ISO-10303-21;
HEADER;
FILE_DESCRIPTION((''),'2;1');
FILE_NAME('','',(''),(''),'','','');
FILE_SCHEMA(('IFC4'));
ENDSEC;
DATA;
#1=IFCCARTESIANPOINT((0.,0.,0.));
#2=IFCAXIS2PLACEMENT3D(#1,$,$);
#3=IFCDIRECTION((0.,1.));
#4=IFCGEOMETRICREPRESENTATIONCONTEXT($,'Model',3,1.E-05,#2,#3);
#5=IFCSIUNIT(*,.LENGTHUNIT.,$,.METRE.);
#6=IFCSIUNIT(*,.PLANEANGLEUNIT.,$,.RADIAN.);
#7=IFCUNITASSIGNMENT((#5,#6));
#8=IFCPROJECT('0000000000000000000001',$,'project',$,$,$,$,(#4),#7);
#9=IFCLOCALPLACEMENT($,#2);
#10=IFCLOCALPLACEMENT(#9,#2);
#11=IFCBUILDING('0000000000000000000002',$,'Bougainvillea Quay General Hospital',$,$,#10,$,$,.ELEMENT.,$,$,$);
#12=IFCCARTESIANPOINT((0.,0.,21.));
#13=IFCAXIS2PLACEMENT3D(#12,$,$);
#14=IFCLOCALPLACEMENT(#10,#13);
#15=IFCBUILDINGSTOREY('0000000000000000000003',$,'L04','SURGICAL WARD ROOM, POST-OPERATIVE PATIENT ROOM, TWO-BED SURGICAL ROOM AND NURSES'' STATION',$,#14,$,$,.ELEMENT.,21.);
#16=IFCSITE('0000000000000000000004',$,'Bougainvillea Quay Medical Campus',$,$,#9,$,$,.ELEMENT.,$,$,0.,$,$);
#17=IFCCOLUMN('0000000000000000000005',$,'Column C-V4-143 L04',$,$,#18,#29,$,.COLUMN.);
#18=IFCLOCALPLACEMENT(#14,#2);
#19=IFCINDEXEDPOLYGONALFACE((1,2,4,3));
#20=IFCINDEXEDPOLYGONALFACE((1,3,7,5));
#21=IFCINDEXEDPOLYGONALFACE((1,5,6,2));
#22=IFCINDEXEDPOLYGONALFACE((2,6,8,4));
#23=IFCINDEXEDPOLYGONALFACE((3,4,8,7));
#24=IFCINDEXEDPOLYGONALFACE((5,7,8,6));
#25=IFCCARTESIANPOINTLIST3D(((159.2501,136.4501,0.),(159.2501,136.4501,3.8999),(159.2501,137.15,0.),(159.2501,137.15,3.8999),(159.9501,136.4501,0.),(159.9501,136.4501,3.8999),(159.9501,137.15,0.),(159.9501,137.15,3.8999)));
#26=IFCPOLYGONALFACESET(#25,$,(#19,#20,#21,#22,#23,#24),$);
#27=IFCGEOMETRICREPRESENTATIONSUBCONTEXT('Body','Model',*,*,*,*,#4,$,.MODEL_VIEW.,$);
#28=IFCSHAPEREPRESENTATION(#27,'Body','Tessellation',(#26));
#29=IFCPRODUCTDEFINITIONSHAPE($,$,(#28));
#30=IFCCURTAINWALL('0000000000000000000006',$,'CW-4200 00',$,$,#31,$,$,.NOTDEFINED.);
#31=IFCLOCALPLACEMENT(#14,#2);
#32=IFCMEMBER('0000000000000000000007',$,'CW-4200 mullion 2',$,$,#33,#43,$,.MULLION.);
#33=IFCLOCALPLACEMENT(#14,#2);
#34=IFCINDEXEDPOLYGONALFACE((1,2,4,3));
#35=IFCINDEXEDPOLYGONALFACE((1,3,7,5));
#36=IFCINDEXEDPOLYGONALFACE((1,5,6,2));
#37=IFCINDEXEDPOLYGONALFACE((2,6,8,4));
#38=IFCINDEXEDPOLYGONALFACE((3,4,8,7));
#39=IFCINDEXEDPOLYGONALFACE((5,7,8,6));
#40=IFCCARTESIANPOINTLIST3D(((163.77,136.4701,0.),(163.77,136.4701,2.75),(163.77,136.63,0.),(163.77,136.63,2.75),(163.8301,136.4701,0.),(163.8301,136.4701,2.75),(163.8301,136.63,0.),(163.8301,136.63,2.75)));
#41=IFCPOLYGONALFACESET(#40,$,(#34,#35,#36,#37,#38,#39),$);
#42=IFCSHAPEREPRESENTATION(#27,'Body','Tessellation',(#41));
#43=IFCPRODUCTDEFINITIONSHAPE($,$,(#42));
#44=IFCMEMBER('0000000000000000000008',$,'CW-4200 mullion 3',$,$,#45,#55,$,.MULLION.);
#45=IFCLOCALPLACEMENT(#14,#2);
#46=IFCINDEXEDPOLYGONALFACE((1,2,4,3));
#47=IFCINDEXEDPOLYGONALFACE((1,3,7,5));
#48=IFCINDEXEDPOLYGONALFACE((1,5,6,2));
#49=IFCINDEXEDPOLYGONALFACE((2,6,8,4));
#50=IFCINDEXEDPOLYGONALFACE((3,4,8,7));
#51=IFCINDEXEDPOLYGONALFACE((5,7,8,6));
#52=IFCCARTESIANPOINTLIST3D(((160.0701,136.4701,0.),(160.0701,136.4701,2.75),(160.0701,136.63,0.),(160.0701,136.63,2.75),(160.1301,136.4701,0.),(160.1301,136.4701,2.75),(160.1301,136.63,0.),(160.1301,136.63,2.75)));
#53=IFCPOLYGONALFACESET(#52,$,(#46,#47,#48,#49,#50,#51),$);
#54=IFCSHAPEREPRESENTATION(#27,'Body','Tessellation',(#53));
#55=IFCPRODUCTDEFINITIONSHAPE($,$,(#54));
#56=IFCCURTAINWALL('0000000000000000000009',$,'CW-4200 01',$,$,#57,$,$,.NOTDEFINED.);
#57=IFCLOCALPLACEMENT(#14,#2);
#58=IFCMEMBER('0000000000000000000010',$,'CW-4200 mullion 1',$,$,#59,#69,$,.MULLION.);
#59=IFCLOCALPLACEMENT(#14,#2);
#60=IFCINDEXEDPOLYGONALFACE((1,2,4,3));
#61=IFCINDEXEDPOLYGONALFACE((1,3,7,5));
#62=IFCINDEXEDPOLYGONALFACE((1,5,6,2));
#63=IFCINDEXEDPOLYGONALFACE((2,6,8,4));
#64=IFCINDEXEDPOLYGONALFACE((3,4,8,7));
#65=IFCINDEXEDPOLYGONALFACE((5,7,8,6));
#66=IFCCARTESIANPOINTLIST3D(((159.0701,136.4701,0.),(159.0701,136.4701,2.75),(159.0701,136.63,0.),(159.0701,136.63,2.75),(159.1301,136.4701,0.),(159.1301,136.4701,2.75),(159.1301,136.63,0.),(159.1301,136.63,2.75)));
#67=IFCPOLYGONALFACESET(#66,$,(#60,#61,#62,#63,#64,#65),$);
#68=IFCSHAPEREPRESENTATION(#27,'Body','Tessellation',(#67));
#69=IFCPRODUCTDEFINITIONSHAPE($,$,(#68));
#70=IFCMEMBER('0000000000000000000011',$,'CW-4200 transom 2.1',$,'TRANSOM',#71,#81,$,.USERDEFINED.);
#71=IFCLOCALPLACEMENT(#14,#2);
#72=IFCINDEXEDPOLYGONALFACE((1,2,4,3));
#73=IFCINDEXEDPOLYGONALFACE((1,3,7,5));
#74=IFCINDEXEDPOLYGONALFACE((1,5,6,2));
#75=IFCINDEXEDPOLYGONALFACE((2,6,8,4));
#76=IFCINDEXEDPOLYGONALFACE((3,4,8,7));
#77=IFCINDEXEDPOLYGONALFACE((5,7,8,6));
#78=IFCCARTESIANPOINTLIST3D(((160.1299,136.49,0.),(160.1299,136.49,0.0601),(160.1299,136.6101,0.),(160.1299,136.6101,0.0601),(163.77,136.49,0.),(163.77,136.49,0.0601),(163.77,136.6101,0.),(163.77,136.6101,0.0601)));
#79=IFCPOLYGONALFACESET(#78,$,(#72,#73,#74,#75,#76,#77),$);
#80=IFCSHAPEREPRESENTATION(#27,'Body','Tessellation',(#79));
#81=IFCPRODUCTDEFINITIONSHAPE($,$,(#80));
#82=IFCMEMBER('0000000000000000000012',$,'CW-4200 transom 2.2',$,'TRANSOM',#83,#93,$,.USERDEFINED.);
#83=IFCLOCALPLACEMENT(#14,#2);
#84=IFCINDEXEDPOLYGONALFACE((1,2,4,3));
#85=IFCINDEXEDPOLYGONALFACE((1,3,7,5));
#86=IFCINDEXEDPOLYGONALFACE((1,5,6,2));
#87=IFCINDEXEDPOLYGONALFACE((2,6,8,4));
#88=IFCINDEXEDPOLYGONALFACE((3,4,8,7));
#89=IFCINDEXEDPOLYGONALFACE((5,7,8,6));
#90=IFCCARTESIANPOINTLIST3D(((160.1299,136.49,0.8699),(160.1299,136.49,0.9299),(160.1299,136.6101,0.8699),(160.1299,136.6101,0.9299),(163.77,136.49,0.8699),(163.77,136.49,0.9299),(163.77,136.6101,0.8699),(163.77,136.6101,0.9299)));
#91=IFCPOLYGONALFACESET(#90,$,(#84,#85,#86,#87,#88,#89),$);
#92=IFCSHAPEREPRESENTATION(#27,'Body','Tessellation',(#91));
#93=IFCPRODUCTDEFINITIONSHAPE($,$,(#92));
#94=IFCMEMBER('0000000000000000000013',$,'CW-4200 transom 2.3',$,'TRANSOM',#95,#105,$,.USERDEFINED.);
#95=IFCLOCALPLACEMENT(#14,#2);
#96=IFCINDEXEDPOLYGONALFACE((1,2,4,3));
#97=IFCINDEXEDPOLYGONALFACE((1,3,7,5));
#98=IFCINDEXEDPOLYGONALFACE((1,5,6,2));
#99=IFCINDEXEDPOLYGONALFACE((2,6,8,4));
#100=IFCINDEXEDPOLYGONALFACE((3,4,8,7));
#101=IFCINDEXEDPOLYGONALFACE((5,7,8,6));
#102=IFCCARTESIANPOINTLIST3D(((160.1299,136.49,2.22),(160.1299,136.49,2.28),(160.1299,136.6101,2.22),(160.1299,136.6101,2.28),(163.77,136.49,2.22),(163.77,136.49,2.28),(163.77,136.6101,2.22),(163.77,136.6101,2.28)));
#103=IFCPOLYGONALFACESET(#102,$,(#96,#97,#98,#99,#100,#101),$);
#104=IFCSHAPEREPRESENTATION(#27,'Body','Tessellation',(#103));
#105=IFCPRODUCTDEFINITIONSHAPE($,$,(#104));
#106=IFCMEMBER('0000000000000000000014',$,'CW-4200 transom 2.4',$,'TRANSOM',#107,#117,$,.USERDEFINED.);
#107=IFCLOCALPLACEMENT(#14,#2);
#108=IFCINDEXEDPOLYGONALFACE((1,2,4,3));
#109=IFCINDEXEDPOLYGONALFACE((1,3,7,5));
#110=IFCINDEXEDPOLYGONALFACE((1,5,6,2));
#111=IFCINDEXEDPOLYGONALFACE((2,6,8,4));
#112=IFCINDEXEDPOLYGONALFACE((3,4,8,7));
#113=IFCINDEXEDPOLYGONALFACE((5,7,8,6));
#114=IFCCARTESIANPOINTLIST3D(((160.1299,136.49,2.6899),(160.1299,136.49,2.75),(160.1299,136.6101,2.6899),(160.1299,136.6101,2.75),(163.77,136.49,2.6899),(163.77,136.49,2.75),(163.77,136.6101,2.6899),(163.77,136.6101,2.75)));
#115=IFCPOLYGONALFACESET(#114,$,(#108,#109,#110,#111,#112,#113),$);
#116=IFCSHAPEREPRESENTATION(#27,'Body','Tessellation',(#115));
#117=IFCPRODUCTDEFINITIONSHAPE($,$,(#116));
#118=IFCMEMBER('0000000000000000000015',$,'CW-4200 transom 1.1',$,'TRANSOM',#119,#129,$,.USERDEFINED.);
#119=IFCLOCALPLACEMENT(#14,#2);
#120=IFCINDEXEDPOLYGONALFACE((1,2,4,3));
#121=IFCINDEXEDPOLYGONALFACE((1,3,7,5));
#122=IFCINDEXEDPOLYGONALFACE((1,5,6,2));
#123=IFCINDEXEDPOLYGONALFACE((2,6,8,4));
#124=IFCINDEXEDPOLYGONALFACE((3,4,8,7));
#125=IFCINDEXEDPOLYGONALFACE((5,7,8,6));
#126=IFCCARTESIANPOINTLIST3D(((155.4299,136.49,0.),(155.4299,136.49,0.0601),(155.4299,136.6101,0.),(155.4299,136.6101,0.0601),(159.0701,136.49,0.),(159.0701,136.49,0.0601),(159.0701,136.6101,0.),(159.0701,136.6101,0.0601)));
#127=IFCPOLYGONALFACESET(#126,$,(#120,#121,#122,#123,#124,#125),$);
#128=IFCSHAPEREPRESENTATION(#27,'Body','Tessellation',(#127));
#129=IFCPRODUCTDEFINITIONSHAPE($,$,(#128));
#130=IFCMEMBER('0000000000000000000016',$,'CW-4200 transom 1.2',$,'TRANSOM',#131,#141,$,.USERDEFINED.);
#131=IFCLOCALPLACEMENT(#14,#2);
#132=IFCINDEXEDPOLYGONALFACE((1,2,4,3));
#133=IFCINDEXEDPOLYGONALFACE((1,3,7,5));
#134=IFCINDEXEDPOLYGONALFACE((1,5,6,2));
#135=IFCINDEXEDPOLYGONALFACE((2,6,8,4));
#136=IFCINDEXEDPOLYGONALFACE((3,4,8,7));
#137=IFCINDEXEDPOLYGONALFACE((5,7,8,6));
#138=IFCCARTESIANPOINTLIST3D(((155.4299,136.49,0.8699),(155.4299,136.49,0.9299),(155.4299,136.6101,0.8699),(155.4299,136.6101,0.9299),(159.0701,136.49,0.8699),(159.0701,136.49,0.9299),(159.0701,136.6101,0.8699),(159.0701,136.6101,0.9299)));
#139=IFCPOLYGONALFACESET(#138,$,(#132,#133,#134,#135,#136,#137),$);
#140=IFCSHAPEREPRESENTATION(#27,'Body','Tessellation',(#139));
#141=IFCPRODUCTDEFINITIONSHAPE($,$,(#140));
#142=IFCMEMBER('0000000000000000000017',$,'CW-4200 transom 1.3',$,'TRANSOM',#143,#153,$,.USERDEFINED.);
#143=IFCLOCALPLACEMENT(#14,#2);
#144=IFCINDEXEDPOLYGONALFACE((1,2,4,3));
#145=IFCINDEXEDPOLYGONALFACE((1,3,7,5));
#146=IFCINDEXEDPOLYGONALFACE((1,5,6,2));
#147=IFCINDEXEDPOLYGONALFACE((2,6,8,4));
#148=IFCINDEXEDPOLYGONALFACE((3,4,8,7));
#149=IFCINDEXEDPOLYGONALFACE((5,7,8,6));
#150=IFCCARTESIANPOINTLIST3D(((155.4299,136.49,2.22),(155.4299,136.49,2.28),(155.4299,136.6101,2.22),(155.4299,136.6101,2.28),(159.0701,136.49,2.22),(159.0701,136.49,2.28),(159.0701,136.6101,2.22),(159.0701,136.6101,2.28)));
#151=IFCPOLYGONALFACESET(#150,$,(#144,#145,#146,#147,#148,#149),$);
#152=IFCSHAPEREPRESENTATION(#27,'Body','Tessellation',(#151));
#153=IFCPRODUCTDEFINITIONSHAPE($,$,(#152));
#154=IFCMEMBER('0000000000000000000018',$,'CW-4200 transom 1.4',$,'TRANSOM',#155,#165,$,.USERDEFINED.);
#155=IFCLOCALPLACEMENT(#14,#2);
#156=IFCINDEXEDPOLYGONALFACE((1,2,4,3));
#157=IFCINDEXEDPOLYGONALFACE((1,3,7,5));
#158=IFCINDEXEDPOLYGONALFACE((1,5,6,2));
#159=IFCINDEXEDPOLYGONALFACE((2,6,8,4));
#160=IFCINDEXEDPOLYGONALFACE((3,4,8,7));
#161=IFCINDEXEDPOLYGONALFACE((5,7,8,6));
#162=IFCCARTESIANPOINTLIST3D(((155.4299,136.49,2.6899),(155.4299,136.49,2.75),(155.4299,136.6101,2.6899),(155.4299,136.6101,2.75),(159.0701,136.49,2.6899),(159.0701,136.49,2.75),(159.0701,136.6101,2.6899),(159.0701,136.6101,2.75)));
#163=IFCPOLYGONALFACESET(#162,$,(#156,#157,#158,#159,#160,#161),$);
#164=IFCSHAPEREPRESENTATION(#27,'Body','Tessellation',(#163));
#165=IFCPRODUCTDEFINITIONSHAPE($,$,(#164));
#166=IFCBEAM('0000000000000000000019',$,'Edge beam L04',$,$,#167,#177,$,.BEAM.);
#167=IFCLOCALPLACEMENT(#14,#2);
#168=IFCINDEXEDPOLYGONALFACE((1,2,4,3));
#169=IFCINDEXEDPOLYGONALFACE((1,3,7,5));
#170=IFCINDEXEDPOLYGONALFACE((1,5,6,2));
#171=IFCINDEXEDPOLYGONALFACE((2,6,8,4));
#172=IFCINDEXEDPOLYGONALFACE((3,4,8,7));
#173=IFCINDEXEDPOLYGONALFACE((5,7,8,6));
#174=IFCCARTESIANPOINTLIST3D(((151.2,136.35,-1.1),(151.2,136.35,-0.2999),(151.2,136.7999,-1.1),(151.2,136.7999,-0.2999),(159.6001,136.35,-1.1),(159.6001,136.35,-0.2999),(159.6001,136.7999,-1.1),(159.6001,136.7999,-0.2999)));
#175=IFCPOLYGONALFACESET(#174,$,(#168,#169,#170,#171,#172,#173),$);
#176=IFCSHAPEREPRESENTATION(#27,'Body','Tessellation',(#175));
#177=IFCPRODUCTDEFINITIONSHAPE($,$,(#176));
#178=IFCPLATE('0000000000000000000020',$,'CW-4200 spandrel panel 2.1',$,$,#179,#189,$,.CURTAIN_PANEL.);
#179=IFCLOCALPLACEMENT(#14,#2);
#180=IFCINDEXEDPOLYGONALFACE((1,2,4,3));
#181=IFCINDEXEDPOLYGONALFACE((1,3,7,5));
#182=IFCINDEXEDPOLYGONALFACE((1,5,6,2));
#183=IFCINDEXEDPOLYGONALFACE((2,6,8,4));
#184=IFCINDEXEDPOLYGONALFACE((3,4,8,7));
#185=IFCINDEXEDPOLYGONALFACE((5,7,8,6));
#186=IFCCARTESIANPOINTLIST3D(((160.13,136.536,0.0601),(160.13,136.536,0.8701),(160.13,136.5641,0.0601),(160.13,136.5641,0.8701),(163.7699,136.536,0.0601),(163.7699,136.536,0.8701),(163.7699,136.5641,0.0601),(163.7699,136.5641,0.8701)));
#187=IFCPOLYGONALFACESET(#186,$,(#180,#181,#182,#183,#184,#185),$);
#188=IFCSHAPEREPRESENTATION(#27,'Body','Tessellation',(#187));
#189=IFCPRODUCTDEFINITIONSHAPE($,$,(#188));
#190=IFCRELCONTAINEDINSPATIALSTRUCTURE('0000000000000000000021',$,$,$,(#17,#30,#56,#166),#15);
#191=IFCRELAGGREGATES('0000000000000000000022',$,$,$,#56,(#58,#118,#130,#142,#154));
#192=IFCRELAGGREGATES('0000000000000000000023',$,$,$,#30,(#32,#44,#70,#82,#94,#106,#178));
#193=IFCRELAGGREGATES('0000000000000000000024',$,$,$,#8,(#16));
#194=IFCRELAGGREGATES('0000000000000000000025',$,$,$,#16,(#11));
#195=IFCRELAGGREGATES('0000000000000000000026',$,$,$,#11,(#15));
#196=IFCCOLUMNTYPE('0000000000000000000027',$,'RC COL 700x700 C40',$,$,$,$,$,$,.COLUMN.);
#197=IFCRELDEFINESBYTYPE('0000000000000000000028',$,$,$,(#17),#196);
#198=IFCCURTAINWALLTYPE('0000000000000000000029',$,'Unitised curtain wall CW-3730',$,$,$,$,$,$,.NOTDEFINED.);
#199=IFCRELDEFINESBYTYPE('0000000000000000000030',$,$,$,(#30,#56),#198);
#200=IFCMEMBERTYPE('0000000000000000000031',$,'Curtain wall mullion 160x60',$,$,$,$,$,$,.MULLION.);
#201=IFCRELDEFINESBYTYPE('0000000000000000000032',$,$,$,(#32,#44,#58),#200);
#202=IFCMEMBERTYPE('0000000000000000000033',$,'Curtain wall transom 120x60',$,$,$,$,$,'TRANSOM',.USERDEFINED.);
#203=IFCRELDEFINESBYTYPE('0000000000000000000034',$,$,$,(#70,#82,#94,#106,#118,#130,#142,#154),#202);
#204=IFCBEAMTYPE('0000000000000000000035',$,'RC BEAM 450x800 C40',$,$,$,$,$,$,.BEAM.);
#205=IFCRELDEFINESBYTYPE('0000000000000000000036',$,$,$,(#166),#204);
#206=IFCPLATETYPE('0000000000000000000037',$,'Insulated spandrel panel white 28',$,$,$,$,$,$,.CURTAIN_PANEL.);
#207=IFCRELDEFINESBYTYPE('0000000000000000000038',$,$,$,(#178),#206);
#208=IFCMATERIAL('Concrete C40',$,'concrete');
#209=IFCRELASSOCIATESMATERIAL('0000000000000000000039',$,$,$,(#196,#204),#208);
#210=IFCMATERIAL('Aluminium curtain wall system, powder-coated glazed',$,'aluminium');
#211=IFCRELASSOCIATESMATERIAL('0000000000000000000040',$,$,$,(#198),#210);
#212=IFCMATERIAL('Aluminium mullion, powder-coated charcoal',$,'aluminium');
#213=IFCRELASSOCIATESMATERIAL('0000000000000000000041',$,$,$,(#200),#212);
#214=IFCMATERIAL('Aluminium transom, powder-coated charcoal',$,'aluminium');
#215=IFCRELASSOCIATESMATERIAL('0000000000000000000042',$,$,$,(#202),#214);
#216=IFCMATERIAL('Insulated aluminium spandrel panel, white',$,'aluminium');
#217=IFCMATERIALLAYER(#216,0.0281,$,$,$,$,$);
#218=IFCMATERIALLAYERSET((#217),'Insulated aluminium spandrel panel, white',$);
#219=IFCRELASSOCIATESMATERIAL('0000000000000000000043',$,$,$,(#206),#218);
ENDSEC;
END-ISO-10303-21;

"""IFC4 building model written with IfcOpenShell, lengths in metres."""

from ifc_helpers import new_model, si_unit, direction, frame, origin, origin_2d, place, context, subcontext, project, spatial, rectangle, extrude, material, layer, layer_set, material_profile, profile_set, type_object, element, aggregate, save


model = new_model("IFC4")

# Units and contexts
model_context = context("Model", 3, precision=1e-05, world=origin(), true_north=direction((0.0, 1.0)))
body_context = subcontext(model_context, "Body", "Model", "MODEL_VIEW")
ifc_project = project(units=[si_unit("LENGTHUNIT", "METRE"), si_unit("PLANEANGLEUNIT", "RADIAN")], contexts=[model_context])

# Site, building, storey
site_placement = place(None, origin())
site = spatial("IfcSite", under=ifc_project, at=site_placement, Name="Bougainvillea Quay Medical Campus", CompositionType="ELEMENT", RefElevation=0.0)
building_placement = place(site_placement, origin())
building = spatial("IfcBuilding", under=site, at=building_placement, Name="Bougainvillea Quay General Hospital", CompositionType="ELEMENT")
storey_placement = place(building_placement, frame((0.0, 0.0, 21.0)))
storey = spatial("IfcBuildingStorey", under=building, at=storey_placement, Name="L04", Description="SURGICAL WARD ROOM, POST-OPERATIVE PATIENT ROOM, TWO-BED SURGICAL ROOM AND NURSES' STATION", CompositionType="ELEMENT", Elevation=21.0)

# Column
ifc_material_1 = material(Name="Concrete C40", Category="concrete")
ifc_material_profile_1 = material_profile(ifc_material_1, rectangle(XDim=0.7, YDim=0.7, at=origin_2d()))
ifc_profile_set_1 = profile_set([ifc_material_profile_1], Name="Concrete C40")
column_type = type_object("IfcColumnType", Name="RC COL 700x700 C40", PredefinedType="COLUMN", material=ifc_profile_set_1)
column_placement = place(storey_placement, frame((159.6001, 136.8, 0.0), z_axis=(0.0, 0.0, 1.0), x_axis=(1.0, 0.0, 0.0)))
element("IfcColumn", 1, at=column_placement, inside=storey, type_object=column_type, Name="Column C-V4-143 L04", PredefinedType="COLUMN", context=body_context, shape_type="SweptSolid", body=[
    extrude(rectangle(XDim=0.7, YDim=0.7, at=origin_2d()), origin(), (0.0, 0.0, 1.0), 3.8999),
])

# Curtain wall, members
ifc_material_2 = material(Name="Aluminium curtain wall system, powder-coated glazed", Category="aluminium")
curtain_wall_type = type_object("IfcCurtainWallType", Name="Unitised curtain wall CW-3730", PredefinedType="NOTDEFINED", material=ifc_material_2)
curtain_wall_1_placement = place(storey_placement, origin())
curtain_wall_1 = element("IfcCurtainWall", 2, at=curtain_wall_1_placement, inside=storey, type_object=curtain_wall_type, Name="CW-4200 00", PredefinedType="NOTDEFINED")
ifc_material_3 = material(Name="Aluminium mullion, powder-coated charcoal", Category="aluminium")
ifc_material_profile_2 = material_profile(ifc_material_3, rectangle(XDim=0.1599, YDim=0.0601, at=origin_2d()))
ifc_profile_set_2 = profile_set([ifc_material_profile_2], Name="Aluminium mullion, powder-coated charcoal")
member_type_1 = type_object("IfcMemberType", Name="Curtain wall mullion 160x60", PredefinedType="MULLION", material=ifc_profile_set_2)
member_1_placement = place(storey_placement, frame((163.8, 136.55, 0.0), z_axis=(0.0, 0.0, 1.0), x_axis=(0.0, -1.0, 0.0)))
member_1 = element("IfcMember", 3, at=member_1_placement, type_object=member_type_1, Name="CW-4200 mullion 2", PredefinedType="MULLION", context=body_context, shape_type="SweptSolid", body=[
    extrude(rectangle(XDim=0.1599, YDim=0.0601, at=origin_2d()), origin(), (0.0, 0.0, 1.0), 2.75),
])
member_2_placement = place(storey_placement, frame((160.1001, 136.55, 0.0), z_axis=(0.0, 0.0, 1.0), x_axis=(0.0, -1.0, 0.0)))
member_2 = element("IfcMember", 4, at=member_2_placement, type_object=member_type_1, Name="CW-4200 mullion 3", PredefinedType="MULLION", context=body_context, shape_type="SweptSolid", body=[
    extrude(rectangle(XDim=0.1599, YDim=0.0601, at=origin_2d()), origin(), (0.0, 0.0, 1.0), 2.75),
])

# Curtain wall, member
curtain_wall_2_placement = place(storey_placement, origin())
curtain_wall_2 = element("IfcCurtainWall", 5, at=curtain_wall_2_placement, inside=storey, type_object=curtain_wall_type, Name="CW-4200 01", PredefinedType="NOTDEFINED")
member_3_placement = place(storey_placement, frame((159.1001, 136.55, 0.0), z_axis=(0.0, 0.0, 1.0), x_axis=(0.0, -1.0, 0.0)))
member_3 = element("IfcMember", 6, at=member_3_placement, type_object=member_type_1, Name="CW-4200 mullion 1", PredefinedType="MULLION", context=body_context, shape_type="SweptSolid", body=[
    extrude(rectangle(XDim=0.1599, YDim=0.0601, at=origin_2d()), origin(), (0.0, 0.0, 1.0), 2.75),
])

# Members
ifc_material_4 = material(Name="Aluminium transom, powder-coated charcoal", Category="aluminium")
ifc_material_profile_3 = material_profile(ifc_material_4, rectangle(XDim=0.1201, YDim=0.0601, at=origin_2d()))
ifc_profile_set_3 = profile_set([ifc_material_profile_3], Name="Aluminium transom, powder-coated charcoal")
member_type_2 = type_object("IfcMemberType", Name="Curtain wall transom 120x60", ElementType="TRANSOM", PredefinedType="USERDEFINED", material=ifc_profile_set_3)
member_4_placement = place(storey_placement, frame((163.77, 136.55, 0.03), z_axis=(-1.0, 0.0, 0.0), x_axis=(0.0, -1.0, 0.0)))
member_4 = element("IfcMember", 7, at=member_4_placement, type_object=member_type_2, Name="CW-4200 transom 2.1", ObjectType="TRANSOM", PredefinedType="USERDEFINED", context=body_context, shape_type="SweptSolid", body=[
    extrude(rectangle(XDim=0.1201, YDim=0.0601, at=origin_2d()), origin(), (0.0, 0.0, 1.0), 3.6401),
])
member_5_placement = place(storey_placement, frame((163.77, 136.55, 0.8999), z_axis=(-1.0, 0.0, 0.0), x_axis=(0.0, -1.0, 0.0)))
member_5 = element("IfcMember", 8, at=member_5_placement, type_object=member_type_2, Name="CW-4200 transom 2.2", ObjectType="TRANSOM", PredefinedType="USERDEFINED", context=body_context, shape_type="SweptSolid", body=[
    extrude(rectangle(XDim=0.1201, YDim=0.0601, at=origin_2d()), origin(), (0.0, 0.0, 1.0), 3.6401),
])
member_6_placement = place(storey_placement, frame((163.77, 136.55, 2.25), z_axis=(-1.0, 0.0, 0.0), x_axis=(0.0, -1.0, 0.0)))
member_6 = element("IfcMember", 9, at=member_6_placement, type_object=member_type_2, Name="CW-4200 transom 2.3", ObjectType="TRANSOM", PredefinedType="USERDEFINED", context=body_context, shape_type="SweptSolid", body=[
    extrude(rectangle(XDim=0.1201, YDim=0.0601, at=origin_2d()), origin(), (0.0, 0.0, 1.0), 3.6401),
])
member_7_placement = place(storey_placement, frame((163.77, 136.55, 2.72), z_axis=(-1.0, 0.0, 0.0), x_axis=(0.0, -1.0, 0.0)))
member_7 = element("IfcMember", 10, at=member_7_placement, type_object=member_type_2, Name="CW-4200 transom 2.4", ObjectType="TRANSOM", PredefinedType="USERDEFINED", context=body_context, shape_type="SweptSolid", body=[
    extrude(rectangle(XDim=0.1201, YDim=0.0601, at=origin_2d()), origin(), (0.0, 0.0, 1.0), 3.6401),
])
member_8_placement = place(storey_placement, frame((159.0701, 136.55, 0.03), z_axis=(-1.0, 0.0, 0.0), x_axis=(0.0, -1.0, 0.0)))
member_8 = element("IfcMember", 11, at=member_8_placement, type_object=member_type_2, Name="CW-4200 transom 1.1", ObjectType="TRANSOM", PredefinedType="USERDEFINED", context=body_context, shape_type="SweptSolid", body=[
    extrude(rectangle(XDim=0.1201, YDim=0.0601, at=origin_2d()), origin(), (0.0, 0.0, 1.0), 3.6401),
])
member_9_placement = place(storey_placement, frame((159.0701, 136.55, 0.8999), z_axis=(-1.0, 0.0, 0.0), x_axis=(0.0, -1.0, 0.0)))
member_9 = element("IfcMember", 12, at=member_9_placement, type_object=member_type_2, Name="CW-4200 transom 1.2", ObjectType="TRANSOM", PredefinedType="USERDEFINED", context=body_context, shape_type="SweptSolid", body=[
    extrude(rectangle(XDim=0.1201, YDim=0.0601, at=origin_2d()), origin(), (0.0, 0.0, 1.0), 3.6401),
])
member_10_placement = place(storey_placement, frame((159.0701, 136.55, 2.25), z_axis=(-1.0, 0.0, 0.0), x_axis=(0.0, -1.0, 0.0)))
member_10 = element("IfcMember", 13, at=member_10_placement, type_object=member_type_2, Name="CW-4200 transom 1.3", ObjectType="TRANSOM", PredefinedType="USERDEFINED", context=body_context, shape_type="SweptSolid", body=[
    extrude(rectangle(XDim=0.1201, YDim=0.0601, at=origin_2d()), origin(), (0.0, 0.0, 1.0), 3.6401),
])
member_11_placement = place(storey_placement, frame((159.0701, 136.55, 2.72), z_axis=(-1.0, 0.0, 0.0), x_axis=(0.0, -1.0, 0.0)))
member_11 = element("IfcMember", 14, at=member_11_placement, type_object=member_type_2, Name="CW-4200 transom 1.4", ObjectType="TRANSOM", PredefinedType="USERDEFINED", context=body_context, shape_type="SweptSolid", body=[
    extrude(rectangle(XDim=0.1201, YDim=0.0601, at=origin_2d()), origin(), (0.0, 0.0, 1.0), 3.6401),
])
aggregate(curtain_wall_2, [member_3, member_8, member_9, member_10, member_11])

# Beam
ifc_material_profile_4 = material_profile(ifc_material_1, rectangle(XDim=0.45, YDim=0.8, at=origin_2d()))
ifc_profile_set_4 = profile_set([ifc_material_profile_4], Name="Concrete C40")
beam_type = type_object("IfcBeamType", Name="RC BEAM 450x800 C40", PredefinedType="BEAM", material=ifc_profile_set_4)
beam_placement = place(storey_placement, frame((159.6001, 136.575, -0.7), z_axis=(-1.0, 0.0, 0.0), x_axis=(0.0, -1.0, 0.0)))
element("IfcBeam", 15, at=beam_placement, inside=storey, type_object=beam_type, Name="Edge beam L04", PredefinedType="BEAM", context=body_context, shape_type="SweptSolid", body=[
    extrude(rectangle(XDim=0.45, YDim=0.8, at=origin_2d()), origin(), (0.0, 0.0, 1.0), 8.4001),
])

# Plate
ifc_material_5 = material(Name="Insulated aluminium spandrel panel, white", Category="aluminium")
ifc_layer_1 = layer(ifc_material_5, 0.0281)
ifc_layer_set_1 = layer_set([ifc_layer_1], Name="Insulated aluminium spandrel panel, white")
plate_type_1 = type_object("IfcPlateType", Name="Insulated spandrel panel white 28", PredefinedType="CURTAIN_PANEL", material=ifc_layer_set_1)
plate_1_placement = place(storey_placement, frame((161.95, 136.55, 0.0601), z_axis=(0.0, 0.0, 1.0), x_axis=(-1.0, 0.0, 0.0)))
plate_1 = element("IfcPlate", 16, at=plate_1_placement, type_object=plate_type_1, Name="CW-4200 spandrel panel 2.1", PredefinedType="CURTAIN_PANEL", context=body_context, shape_type="SweptSolid", body=[
    extrude(rectangle(XDim=3.6399, YDim=0.0281, at=origin_2d()), origin(), (0.0, 0.0, 1.0), 0.8101),
])
aggregate(curtain_wall_1, [member_1, member_2, member_4, member_5, member_6, member_7, plate_1])

save(model, "model.ifc")
